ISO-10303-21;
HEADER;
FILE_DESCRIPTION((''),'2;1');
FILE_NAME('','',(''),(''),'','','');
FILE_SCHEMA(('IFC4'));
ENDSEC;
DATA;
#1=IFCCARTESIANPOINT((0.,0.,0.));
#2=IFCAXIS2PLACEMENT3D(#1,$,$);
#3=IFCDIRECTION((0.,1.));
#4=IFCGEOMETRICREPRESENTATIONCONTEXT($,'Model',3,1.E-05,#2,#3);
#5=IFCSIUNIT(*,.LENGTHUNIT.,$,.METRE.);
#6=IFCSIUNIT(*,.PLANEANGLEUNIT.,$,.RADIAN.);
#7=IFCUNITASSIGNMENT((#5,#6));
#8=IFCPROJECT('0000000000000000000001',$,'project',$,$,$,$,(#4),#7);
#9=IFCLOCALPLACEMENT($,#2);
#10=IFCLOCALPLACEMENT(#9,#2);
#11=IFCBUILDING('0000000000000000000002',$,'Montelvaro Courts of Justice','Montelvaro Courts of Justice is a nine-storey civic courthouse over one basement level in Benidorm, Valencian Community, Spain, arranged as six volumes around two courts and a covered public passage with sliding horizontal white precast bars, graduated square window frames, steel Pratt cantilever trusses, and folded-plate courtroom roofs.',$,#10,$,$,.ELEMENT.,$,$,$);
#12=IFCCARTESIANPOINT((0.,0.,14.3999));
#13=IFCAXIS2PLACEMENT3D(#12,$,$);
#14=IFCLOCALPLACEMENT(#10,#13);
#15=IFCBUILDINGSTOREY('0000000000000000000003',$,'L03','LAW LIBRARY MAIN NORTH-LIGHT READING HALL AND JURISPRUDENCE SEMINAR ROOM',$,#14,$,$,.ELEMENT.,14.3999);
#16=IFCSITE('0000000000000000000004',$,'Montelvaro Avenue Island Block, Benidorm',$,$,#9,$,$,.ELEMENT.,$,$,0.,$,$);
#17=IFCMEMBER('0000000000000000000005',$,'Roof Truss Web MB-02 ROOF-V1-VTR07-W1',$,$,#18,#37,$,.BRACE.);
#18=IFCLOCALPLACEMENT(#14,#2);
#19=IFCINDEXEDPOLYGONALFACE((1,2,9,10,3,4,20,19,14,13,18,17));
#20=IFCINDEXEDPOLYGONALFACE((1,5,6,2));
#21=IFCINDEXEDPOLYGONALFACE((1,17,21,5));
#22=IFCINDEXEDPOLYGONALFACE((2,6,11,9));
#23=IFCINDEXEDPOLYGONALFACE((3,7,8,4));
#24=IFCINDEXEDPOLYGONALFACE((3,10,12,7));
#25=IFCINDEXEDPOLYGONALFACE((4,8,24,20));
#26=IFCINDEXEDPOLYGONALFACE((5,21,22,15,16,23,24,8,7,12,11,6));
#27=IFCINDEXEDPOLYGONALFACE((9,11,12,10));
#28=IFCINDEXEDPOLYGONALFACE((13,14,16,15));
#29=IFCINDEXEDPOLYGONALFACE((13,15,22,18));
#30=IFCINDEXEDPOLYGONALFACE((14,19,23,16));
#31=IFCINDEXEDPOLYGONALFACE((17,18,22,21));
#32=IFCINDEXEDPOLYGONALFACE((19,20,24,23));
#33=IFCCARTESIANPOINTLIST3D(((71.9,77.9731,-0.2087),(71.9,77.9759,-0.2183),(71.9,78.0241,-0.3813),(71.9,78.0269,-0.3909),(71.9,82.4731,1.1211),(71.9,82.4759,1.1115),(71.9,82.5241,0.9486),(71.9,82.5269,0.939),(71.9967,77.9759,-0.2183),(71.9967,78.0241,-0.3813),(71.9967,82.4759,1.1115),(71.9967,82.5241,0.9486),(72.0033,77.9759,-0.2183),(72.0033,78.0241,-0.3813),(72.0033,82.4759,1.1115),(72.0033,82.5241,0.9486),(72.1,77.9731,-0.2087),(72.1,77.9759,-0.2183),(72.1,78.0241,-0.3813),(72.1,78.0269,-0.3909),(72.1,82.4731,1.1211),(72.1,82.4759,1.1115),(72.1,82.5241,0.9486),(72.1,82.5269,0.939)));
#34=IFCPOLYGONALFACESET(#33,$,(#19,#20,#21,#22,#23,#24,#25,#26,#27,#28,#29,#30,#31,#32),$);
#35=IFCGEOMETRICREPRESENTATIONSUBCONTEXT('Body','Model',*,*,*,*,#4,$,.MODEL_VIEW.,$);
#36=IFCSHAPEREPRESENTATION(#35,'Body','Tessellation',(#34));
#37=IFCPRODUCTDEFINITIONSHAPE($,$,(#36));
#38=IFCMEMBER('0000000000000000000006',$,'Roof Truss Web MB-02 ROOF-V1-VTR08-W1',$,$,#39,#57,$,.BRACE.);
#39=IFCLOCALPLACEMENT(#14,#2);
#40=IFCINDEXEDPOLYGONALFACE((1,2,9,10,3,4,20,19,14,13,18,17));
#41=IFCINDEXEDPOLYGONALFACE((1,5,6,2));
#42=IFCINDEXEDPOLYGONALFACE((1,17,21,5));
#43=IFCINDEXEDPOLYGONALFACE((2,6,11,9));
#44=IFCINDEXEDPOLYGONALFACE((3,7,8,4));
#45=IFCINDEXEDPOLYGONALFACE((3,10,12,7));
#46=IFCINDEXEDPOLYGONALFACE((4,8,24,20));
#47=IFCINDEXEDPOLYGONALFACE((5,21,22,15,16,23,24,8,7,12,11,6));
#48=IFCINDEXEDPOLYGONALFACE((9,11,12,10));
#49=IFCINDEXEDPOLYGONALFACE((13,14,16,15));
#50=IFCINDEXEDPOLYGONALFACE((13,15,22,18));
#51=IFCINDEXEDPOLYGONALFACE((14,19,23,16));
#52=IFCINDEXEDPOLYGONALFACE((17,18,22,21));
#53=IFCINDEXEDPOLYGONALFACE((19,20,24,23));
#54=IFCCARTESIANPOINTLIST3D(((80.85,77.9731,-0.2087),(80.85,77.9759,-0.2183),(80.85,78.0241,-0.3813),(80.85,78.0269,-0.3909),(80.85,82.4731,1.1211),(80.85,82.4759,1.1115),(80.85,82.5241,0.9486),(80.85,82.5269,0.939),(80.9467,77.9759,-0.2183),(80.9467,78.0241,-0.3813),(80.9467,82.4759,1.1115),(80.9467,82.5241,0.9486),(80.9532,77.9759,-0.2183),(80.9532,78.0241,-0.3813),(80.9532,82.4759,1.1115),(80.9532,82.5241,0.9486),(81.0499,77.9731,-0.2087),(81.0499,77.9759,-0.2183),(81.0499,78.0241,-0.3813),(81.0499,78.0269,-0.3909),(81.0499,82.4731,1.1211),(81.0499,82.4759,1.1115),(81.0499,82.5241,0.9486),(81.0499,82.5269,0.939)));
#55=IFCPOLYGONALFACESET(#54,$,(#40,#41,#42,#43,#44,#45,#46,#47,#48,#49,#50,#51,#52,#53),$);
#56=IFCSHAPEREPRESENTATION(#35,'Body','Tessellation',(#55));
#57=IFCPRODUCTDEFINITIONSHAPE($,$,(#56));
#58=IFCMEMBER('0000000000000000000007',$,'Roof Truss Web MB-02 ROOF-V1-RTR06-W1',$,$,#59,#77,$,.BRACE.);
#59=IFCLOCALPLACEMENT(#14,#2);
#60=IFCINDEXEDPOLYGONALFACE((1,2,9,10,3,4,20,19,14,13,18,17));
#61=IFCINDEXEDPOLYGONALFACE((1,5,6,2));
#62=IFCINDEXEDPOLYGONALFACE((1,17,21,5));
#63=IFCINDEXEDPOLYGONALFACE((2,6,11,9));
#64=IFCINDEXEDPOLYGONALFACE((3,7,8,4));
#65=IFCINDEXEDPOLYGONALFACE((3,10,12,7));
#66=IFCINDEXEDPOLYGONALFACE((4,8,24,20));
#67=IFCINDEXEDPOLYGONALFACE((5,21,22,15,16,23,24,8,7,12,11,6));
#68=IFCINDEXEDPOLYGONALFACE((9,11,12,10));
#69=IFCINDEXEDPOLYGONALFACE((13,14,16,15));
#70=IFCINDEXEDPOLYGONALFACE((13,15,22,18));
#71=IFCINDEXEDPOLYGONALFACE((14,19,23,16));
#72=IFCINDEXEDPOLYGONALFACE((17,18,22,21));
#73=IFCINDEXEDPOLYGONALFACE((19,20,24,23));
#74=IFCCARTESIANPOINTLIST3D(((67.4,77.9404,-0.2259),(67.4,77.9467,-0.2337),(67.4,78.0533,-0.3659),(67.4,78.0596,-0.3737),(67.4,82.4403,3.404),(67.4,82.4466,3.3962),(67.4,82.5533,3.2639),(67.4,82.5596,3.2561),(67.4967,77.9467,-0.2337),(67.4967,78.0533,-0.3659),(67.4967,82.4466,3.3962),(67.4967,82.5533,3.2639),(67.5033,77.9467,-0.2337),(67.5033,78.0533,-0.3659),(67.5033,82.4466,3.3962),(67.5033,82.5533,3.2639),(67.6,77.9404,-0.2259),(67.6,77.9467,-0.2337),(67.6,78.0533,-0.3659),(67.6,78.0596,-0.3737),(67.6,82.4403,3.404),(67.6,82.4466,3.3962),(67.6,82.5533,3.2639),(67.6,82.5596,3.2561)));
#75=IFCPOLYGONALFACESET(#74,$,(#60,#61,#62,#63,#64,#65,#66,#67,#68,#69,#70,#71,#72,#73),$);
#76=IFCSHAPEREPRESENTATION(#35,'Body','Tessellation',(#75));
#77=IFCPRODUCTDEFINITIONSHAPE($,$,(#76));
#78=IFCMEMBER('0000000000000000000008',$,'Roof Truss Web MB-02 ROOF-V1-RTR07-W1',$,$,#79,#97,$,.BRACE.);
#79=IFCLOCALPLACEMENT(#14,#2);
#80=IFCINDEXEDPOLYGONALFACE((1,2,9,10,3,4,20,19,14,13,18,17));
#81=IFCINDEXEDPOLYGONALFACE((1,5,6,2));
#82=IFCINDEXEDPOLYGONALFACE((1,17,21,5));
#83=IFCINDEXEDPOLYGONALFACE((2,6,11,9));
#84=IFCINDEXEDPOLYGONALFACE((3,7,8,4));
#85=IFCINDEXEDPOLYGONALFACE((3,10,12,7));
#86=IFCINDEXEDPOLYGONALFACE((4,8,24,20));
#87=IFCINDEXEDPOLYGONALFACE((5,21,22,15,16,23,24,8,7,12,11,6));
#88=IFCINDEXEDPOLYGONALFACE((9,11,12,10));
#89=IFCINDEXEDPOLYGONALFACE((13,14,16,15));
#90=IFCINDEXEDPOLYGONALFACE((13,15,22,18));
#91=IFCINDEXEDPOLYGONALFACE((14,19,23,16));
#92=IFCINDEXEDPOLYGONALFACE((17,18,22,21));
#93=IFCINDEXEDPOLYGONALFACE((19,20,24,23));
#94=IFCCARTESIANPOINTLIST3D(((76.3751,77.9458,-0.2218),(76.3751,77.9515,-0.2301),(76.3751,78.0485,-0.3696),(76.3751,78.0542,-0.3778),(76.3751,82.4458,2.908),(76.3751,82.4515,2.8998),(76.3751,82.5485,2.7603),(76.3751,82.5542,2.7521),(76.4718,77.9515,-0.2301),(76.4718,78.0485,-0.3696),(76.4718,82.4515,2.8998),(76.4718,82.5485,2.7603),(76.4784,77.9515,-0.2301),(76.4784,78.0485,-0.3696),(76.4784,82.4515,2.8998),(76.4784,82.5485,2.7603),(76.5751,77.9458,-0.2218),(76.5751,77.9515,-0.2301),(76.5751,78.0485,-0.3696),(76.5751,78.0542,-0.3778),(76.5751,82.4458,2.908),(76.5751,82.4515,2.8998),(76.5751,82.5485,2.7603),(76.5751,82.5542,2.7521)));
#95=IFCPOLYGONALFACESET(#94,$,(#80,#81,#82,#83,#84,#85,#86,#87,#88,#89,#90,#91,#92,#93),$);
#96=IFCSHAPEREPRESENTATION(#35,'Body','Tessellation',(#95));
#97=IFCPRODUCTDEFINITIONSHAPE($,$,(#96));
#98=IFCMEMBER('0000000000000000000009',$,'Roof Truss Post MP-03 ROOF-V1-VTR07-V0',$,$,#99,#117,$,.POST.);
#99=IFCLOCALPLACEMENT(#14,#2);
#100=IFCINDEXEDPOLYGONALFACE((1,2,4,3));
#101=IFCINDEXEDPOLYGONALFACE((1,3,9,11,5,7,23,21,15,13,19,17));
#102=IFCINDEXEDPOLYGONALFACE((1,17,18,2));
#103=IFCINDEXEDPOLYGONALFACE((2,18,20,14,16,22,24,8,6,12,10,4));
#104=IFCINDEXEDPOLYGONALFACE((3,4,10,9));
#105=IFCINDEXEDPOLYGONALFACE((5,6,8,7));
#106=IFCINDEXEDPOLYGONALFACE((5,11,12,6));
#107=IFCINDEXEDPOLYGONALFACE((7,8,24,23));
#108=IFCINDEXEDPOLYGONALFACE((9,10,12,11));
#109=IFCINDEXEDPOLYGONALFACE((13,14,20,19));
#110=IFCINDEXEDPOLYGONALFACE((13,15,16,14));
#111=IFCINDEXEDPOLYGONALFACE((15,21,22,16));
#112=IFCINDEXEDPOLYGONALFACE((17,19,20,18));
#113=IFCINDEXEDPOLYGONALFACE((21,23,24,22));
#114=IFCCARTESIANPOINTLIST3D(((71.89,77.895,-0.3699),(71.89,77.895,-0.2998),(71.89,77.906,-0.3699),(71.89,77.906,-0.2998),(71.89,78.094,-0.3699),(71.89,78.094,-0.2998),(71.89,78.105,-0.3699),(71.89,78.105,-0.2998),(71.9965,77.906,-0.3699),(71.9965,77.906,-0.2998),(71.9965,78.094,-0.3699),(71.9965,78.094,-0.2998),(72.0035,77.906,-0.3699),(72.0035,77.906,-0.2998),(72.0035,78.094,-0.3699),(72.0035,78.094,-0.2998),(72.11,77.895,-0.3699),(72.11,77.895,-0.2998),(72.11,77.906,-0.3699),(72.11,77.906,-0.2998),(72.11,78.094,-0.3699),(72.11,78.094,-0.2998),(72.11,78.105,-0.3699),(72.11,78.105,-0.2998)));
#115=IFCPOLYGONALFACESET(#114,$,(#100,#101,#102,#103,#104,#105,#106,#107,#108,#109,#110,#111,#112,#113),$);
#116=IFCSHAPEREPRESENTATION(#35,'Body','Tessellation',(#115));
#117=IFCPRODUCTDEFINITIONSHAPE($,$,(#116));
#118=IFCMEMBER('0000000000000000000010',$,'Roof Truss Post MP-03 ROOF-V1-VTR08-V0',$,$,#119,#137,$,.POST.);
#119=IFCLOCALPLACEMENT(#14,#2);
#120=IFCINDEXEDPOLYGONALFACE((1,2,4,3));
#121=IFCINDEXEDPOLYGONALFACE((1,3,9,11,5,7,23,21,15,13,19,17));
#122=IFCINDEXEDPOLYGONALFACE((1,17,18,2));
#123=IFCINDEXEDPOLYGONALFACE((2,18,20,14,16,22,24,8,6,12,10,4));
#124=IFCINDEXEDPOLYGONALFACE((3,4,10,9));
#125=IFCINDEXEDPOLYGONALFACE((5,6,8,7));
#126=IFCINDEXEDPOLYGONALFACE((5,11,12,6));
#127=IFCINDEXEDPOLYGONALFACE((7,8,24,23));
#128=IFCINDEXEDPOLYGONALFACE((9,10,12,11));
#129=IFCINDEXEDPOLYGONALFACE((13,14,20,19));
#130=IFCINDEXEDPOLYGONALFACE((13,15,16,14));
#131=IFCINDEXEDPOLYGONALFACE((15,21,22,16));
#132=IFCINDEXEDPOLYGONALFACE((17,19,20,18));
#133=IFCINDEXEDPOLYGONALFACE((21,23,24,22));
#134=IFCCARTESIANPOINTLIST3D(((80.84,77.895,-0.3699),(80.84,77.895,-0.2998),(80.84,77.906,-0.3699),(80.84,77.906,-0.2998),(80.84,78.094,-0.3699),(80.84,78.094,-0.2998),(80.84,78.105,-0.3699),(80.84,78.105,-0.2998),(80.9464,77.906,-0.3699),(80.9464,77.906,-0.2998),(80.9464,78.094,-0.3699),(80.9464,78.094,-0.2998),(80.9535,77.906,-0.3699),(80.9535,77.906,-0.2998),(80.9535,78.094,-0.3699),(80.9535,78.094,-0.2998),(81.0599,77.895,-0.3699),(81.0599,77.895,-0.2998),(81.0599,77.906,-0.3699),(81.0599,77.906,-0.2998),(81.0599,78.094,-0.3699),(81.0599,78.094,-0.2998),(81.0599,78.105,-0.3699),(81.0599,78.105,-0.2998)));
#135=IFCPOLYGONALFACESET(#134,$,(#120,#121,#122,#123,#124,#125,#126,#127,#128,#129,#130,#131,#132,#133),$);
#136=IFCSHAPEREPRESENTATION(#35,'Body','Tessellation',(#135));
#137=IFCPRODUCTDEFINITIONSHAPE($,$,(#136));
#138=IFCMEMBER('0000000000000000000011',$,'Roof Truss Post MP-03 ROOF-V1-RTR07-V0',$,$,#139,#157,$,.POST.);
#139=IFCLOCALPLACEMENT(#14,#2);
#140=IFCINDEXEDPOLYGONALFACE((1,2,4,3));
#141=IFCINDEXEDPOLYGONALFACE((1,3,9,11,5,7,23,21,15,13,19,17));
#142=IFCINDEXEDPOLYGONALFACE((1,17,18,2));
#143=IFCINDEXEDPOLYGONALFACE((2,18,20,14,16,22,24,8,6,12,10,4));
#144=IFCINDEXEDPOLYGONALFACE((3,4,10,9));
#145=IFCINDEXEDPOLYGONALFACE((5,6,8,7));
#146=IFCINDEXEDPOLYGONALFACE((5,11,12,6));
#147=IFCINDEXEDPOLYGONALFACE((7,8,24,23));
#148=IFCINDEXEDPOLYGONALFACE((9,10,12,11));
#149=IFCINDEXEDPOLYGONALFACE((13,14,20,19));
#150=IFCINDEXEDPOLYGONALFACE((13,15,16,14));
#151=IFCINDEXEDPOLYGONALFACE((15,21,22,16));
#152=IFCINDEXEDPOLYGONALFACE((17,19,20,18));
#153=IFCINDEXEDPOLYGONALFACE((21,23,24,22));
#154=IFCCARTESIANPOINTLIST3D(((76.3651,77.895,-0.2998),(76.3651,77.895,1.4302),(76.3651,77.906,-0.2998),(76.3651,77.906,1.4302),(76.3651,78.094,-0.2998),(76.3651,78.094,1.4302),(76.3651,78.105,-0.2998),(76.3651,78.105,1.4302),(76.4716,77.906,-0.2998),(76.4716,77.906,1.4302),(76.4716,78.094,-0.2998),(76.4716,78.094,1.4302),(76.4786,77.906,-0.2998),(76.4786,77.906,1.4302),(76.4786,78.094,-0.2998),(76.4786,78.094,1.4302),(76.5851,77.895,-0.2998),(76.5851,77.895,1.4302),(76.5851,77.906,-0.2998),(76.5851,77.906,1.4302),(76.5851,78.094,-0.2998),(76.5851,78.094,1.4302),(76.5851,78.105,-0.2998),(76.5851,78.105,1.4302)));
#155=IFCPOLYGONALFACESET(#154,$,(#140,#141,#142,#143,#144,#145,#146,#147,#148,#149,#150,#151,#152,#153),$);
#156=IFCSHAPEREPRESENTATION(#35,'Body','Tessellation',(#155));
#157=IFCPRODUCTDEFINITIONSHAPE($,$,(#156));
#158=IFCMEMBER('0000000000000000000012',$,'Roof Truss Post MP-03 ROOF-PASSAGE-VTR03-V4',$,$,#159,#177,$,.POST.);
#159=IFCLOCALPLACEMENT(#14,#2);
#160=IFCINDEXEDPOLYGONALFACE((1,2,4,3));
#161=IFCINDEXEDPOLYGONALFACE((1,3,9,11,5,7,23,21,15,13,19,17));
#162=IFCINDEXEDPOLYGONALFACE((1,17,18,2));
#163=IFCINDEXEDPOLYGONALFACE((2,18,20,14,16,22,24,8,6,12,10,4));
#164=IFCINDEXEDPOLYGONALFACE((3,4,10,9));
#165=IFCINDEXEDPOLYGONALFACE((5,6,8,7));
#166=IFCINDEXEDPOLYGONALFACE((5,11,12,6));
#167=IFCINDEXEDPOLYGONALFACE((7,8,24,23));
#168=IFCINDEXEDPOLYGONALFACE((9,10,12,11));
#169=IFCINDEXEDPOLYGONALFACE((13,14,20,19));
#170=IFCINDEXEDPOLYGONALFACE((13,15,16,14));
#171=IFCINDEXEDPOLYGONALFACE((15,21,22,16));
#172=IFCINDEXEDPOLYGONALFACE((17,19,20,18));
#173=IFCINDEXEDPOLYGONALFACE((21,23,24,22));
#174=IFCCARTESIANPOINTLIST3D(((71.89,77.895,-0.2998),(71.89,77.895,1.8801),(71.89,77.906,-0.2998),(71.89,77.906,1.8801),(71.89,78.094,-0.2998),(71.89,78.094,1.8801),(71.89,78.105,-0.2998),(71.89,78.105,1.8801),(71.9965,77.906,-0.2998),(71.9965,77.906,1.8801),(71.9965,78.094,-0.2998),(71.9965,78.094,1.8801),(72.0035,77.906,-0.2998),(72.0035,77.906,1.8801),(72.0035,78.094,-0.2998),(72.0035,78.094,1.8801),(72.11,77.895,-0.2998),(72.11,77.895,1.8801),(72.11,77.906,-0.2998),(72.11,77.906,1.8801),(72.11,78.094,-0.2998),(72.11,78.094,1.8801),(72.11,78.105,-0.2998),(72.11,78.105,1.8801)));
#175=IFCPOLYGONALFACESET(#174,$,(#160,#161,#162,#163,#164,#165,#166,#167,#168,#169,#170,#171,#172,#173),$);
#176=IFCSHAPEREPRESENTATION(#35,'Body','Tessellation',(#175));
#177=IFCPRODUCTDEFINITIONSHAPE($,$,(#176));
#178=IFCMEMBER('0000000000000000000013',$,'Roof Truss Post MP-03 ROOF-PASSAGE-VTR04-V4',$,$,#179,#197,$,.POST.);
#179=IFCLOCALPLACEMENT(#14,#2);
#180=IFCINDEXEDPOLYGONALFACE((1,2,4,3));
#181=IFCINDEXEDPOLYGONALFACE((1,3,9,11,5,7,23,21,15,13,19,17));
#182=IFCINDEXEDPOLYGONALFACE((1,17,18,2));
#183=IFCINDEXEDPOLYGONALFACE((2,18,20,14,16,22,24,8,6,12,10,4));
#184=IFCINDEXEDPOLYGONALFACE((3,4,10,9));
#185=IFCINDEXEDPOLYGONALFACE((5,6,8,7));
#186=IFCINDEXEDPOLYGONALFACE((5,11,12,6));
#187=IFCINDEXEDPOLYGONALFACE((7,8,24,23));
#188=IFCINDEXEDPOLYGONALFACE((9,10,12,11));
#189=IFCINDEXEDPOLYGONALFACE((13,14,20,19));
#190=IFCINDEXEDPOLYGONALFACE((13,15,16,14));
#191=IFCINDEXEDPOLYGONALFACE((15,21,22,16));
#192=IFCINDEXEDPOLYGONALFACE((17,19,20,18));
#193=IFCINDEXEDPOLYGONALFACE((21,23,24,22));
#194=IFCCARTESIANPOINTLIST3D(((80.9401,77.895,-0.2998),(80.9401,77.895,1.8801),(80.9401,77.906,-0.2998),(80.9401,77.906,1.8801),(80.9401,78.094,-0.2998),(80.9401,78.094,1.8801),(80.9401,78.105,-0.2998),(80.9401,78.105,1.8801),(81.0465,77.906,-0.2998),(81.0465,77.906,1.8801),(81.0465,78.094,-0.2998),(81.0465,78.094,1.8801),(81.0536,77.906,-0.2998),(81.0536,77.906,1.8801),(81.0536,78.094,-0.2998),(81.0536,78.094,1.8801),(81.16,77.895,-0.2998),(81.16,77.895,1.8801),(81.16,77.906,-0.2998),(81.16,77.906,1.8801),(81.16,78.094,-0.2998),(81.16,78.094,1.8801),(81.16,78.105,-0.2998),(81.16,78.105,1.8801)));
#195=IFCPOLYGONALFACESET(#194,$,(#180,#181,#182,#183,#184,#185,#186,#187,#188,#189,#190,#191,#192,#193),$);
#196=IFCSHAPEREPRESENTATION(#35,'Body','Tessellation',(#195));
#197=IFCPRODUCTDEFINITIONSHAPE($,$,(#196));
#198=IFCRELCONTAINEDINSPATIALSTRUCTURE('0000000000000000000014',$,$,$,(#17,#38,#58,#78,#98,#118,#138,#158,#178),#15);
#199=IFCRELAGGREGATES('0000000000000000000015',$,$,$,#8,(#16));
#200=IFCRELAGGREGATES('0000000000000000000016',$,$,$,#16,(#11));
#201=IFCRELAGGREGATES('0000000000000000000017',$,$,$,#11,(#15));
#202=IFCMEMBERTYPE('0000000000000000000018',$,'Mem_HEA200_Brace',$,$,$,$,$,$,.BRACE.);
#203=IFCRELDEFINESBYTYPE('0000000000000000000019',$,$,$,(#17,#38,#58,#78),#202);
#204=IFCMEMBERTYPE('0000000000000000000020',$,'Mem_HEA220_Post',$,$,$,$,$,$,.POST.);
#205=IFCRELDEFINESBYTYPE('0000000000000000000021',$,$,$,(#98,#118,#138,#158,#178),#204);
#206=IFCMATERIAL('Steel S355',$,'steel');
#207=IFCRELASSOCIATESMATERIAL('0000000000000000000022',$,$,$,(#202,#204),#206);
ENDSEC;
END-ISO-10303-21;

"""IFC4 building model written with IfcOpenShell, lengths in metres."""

from ifc_helpers import new_model, si_unit, direction, frame, origin, origin_2d, place, context, subcontext, project, spatial, i_section, extrude, material, material_profile, profile_set, type_object, element, save


model = new_model("IFC4")

# Units and contexts
model_context = context("Model", 3, precision=1e-05, world=origin(), true_north=direction((0.0, 1.0)))
body_context = subcontext(model_context, "Body", "Model", "MODEL_VIEW")
ifc_project = project(units=[si_unit("LENGTHUNIT", "METRE"), si_unit("PLANEANGLEUNIT", "RADIAN")], contexts=[model_context])

# Site, building, storey
site_placement = place(None, origin())
site = spatial("IfcSite", under=ifc_project, at=site_placement, Name="Montelvaro Avenue Island Block, Benidorm", CompositionType="ELEMENT", RefElevation=0.0)
building_placement = place(site_placement, origin())
building = spatial("IfcBuilding", under=site, at=building_placement, Name="Montelvaro Courts of Justice", Description="Montelvaro Courts of Justice is a nine-storey civic courthouse over one basement level in Benidorm, Valencian Community, Spain, arranged as six volumes around two courts and a covered public passage with sliding horizontal white precast bars, graduated square window frames, steel Pratt cantilever trusses, and folded-plate courtroom roofs.", CompositionType="ELEMENT")
storey_placement = place(building_placement, frame((0.0, 0.0, 14.3999)))
storey = spatial("IfcBuildingStorey", under=building, at=storey_placement, Name="L03", Description="LAW LIBRARY MAIN NORTH-LIGHT READING HALL AND JURISPRUDENCE SEMINAR ROOM", CompositionType="ELEMENT", Elevation=14.3999)

# Members
ifc_material_1 = material(Name="Steel S355", Category="steel")
ifc_material_profile_1 = material_profile(ifc_material_1, i_section(OverallWidth=0.2, OverallDepth=0.1899, WebThickness=0.0066, FlangeThickness=0.01, at=origin_2d()), Name="HEA 200")
ifc_profile_set_1 = profile_set([ifc_material_profile_1], Name="Steel S355")
member_type_1 = type_object("IfcMemberType", Name="Mem_HEA200_Brace", PredefinedType="BRACE", material=ifc_profile_set_1)
for number, where, z_axis, x_axis, name in (
    (1, (72.0, 78.0, -0.2998), (0.0, 0.959001, 0.283403), (-1.0, 0.0, 0.0), "Roof Truss Web MB-02 ROOF-V1-VTR07-W1"),
    (2, (80.95, 78.0, -0.2998), (0.0, 0.959001, 0.283403), (-1.0, 0.0, 0.0), "Roof Truss Web MB-02 ROOF-V1-VTR08-W1"),
):
    element("IfcMember", number, at=place(storey_placement, frame(where, z_axis=z_axis, x_axis=x_axis)), inside=storey, type_object=member_type_1, Name=name, PredefinedType="BRACE", context=body_context, shape_type="SweptSolid", body=[
        extrude(i_section(OverallWidth=0.2, OverallDepth=0.1899, WebThickness=0.0066, FlangeThickness=0.01, at=origin_2d()), origin(), (0.0, 0.0, 1.0), 4.6924),
    ])
member_1_placement = place(storey_placement, frame((67.5, 78.0, -0.2998), z_axis=(0.0, 0.778341, 0.627842), x_axis=(-1.0, 0.0, 0.0)))
element("IfcMember", 3, at=member_1_placement, inside=storey, type_object=member_type_1, Name="Roof Truss Web MB-02 ROOF-V1-RTR06-W1", PredefinedType="BRACE", context=body_context, shape_type="SweptSolid", body=[
    extrude(i_section(OverallWidth=0.2, OverallDepth=0.1899, WebThickness=0.0066, FlangeThickness=0.01, at=origin_2d()), origin(), (0.0, 0.0, 1.0), 5.7815),
])
member_2_placement = place(storey_placement, frame((76.4751, 78.0, -0.2998), z_axis=(0.0, 0.820952, 0.570997), x_axis=(-1.0, 0.0, 0.0)))
element("IfcMember", 4, at=member_2_placement, inside=storey, type_object=member_type_1, Name="Roof Truss Web MB-02 ROOF-V1-RTR07-W1", PredefinedType="BRACE", context=body_context, shape_type="SweptSolid", body=[
    extrude(i_section(OverallWidth=0.2, OverallDepth=0.1899, WebThickness=0.0066, FlangeThickness=0.01, at=origin_2d()), origin(), (0.0, 0.0, 1.0), 5.4814),
])
ifc_material_profile_2 = material_profile(ifc_material_1, i_section(OverallWidth=0.22, OverallDepth=0.21, WebThickness=0.0071, FlangeThickness=0.011, at=origin_2d()), Name="HEA 220")
ifc_profile_set_2 = profile_set([ifc_material_profile_2], Name="Steel S355")
member_type_2 = type_object("IfcMemberType", Name="Mem_HEA220_Post", PredefinedType="POST", material=ifc_profile_set_2)
for number, where, z_axis, x_axis, name in (
    (5, (72.0, 78.0, -0.2998), (0.0, 0.0, -1.0), (1.0, 0.0, 0.0), "Roof Truss Post MP-03 ROOF-V1-VTR07-V0"),
    (6, (80.95, 78.0, -0.2998), (0.0, 0.0, -1.0), (1.0, 0.0, 0.0), "Roof Truss Post MP-03 ROOF-V1-VTR08-V0"),
):
    element("IfcMember", number, at=place(storey_placement, frame(where, z_axis=z_axis, x_axis=x_axis)), inside=storey, type_object=member_type_2, Name=name, PredefinedType="POST", context=body_context, shape_type="SweptSolid", body=[
        extrude(i_section(OverallWidth=0.22, OverallDepth=0.21, WebThickness=0.0071, FlangeThickness=0.011, at=origin_2d()), origin(), (0.0, 0.0, 1.0), 0.0701),
    ])
member_3_placement = place(storey_placement, frame((76.4751, 78.0, -0.2998), z_axis=(0.0, 0.0, 1.0), x_axis=(1.0, 0.0, 0.0)))
element("IfcMember", 7, at=member_3_placement, inside=storey, type_object=member_type_2, Name="Roof Truss Post MP-03 ROOF-V1-RTR07-V0", PredefinedType="POST", context=body_context, shape_type="SweptSolid", body=[
    extrude(i_section(OverallWidth=0.22, OverallDepth=0.21, WebThickness=0.0071, FlangeThickness=0.011, at=origin_2d()), origin(), (0.0, 0.0, 1.0), 1.73),
])
for number, where, z_axis, x_axis, name in (
    (8, (72.0, 78.0, -0.2998), (0.0, 0.0, 1.0), (1.0, 0.0, 0.0), "Roof Truss Post MP-03 ROOF-PASSAGE-VTR03-V4"),
    (9, (81.05, 78.0, -0.2998), (0.0, 0.0, 1.0), (1.0, 0.0, 0.0), "Roof Truss Post MP-03 ROOF-PASSAGE-VTR04-V4"),
):
    element("IfcMember", number, at=place(storey_placement, frame(where, z_axis=z_axis, x_axis=x_axis)), inside=storey, type_object=member_type_2, Name=name, PredefinedType="POST", context=body_context, shape_type="SweptSolid", body=[
        extrude(i_section(OverallWidth=0.22, OverallDepth=0.21, WebThickness=0.0071, FlangeThickness=0.011, at=origin_2d()), origin(), (0.0, 0.0, 1.0), 2.1799),
    ])

save(model, "model.ifc")
